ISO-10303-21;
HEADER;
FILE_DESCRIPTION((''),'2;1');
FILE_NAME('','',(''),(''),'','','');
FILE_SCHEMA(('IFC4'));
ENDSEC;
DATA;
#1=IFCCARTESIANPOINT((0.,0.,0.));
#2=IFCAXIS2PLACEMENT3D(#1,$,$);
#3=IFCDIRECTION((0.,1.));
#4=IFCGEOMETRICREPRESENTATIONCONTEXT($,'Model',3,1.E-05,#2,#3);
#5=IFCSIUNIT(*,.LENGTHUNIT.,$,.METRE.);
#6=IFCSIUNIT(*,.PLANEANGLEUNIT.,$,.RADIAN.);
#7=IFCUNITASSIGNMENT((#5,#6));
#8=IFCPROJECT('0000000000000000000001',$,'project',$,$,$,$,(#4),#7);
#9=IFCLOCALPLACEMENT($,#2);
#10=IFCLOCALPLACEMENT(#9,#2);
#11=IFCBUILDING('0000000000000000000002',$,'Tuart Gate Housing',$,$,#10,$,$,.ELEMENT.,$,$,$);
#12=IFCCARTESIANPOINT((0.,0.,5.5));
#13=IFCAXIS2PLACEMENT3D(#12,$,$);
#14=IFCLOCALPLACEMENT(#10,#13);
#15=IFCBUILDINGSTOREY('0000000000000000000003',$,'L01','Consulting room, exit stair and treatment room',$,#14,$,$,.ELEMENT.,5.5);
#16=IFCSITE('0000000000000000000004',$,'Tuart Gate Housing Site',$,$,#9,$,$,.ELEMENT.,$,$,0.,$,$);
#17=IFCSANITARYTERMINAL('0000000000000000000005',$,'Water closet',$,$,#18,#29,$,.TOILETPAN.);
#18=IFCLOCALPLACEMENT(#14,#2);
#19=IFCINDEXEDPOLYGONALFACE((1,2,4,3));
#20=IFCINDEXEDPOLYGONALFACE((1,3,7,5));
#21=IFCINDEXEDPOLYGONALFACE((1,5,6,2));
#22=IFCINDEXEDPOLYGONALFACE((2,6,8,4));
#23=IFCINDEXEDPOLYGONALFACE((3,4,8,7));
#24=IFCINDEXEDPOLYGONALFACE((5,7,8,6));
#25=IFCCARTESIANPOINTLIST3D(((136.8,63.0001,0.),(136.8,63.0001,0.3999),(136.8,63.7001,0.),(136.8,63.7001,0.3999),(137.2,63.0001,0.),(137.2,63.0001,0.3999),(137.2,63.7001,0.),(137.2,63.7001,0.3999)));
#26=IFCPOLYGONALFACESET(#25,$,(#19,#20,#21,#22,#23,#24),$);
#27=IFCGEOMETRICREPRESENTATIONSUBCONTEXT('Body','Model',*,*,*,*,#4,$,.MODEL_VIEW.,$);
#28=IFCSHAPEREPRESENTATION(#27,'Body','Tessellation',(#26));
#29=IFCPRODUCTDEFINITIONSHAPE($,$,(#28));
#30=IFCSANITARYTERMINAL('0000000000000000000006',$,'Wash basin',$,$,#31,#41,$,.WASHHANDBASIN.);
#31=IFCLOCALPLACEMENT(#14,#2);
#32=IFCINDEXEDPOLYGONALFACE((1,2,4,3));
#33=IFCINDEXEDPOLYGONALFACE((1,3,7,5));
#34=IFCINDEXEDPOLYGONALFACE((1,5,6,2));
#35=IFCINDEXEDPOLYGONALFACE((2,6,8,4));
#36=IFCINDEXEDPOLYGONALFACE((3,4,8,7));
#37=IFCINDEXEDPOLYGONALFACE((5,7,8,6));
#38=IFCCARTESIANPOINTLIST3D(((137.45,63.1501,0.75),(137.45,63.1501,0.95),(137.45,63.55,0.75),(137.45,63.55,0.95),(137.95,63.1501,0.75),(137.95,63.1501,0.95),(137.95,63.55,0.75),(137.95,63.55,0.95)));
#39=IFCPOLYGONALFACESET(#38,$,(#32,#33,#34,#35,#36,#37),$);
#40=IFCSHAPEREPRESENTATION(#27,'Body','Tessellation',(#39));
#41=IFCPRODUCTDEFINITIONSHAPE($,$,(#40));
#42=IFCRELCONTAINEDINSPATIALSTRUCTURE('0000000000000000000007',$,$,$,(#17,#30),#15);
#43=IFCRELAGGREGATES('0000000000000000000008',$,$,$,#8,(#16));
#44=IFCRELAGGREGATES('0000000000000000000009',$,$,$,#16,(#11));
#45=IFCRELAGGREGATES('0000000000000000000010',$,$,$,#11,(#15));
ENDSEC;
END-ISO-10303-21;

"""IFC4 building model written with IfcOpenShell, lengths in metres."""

from ifc_helpers import new_model, si_unit, direction, frame, origin, origin_2d, place, context, subcontext, project, spatial, rectangle, extrude, element, save


model = new_model("IFC4")

# Units and contexts
model_context = context("Model", 3, precision=1e-05, world=origin(), true_north=direction((0.0, 1.0)))
body_context = subcontext(model_context, "Body", "Model", "MODEL_VIEW")
ifc_project = project(units=[si_unit("LENGTHUNIT", "METRE"), si_unit("PLANEANGLEUNIT", "RADIAN")], contexts=[model_context])

# Site, building, storey
site_placement = place(None, origin())
site = spatial("IfcSite", under=ifc_project, at=site_placement, Name="Tuart Gate Housing Site", CompositionType="ELEMENT", RefElevation=0.0)
building_placement = place(site_placement, origin())
building = spatial("IfcBuilding", under=site, at=building_placement, Name="Tuart Gate Housing", CompositionType="ELEMENT")
storey_placement = place(building_placement, frame((0.0, 0.0, 5.5)))
storey = spatial("IfcBuildingStorey", under=building, at=storey_placement, Name="L01", Description="Consulting room, exit stair and treatment room", CompositionType="ELEMENT", Elevation=5.5)

# Sanitary terminals
sanitary_terminal_1_placement = place(storey_placement, frame((137.0, 63.3501, 0.0), z_axis=(0.0, 0.0, 1.0), x_axis=(1.0, 0.0, 0.0)))
element("IfcSanitaryTerminal", 1, at=sanitary_terminal_1_placement, inside=storey, Name="Water closet", PredefinedType="TOILETPAN", context=body_context, shape_type="SweptSolid", body=[
    extrude(rectangle(XDim=0.3999, YDim=0.7, at=origin_2d()), origin(), (0.0, 0.0, 1.0), 0.3999),
])
sanitary_terminal_2_placement = place(storey_placement, frame((137.7, 63.3501, 0.75), z_axis=(0.0, 0.0, 1.0), x_axis=(1.0, 0.0, 0.0)))
element("IfcSanitaryTerminal", 2, at=sanitary_terminal_2_placement, inside=storey, Name="Wash basin", PredefinedType="WASHHANDBASIN", context=body_context, shape_type="SweptSolid", body=[
    extrude(rectangle(XDim=0.5, YDim=0.3999, at=origin_2d()), origin(), (0.0, 0.0, 1.0), 0.2),
])

save(model, "model.ifc")
